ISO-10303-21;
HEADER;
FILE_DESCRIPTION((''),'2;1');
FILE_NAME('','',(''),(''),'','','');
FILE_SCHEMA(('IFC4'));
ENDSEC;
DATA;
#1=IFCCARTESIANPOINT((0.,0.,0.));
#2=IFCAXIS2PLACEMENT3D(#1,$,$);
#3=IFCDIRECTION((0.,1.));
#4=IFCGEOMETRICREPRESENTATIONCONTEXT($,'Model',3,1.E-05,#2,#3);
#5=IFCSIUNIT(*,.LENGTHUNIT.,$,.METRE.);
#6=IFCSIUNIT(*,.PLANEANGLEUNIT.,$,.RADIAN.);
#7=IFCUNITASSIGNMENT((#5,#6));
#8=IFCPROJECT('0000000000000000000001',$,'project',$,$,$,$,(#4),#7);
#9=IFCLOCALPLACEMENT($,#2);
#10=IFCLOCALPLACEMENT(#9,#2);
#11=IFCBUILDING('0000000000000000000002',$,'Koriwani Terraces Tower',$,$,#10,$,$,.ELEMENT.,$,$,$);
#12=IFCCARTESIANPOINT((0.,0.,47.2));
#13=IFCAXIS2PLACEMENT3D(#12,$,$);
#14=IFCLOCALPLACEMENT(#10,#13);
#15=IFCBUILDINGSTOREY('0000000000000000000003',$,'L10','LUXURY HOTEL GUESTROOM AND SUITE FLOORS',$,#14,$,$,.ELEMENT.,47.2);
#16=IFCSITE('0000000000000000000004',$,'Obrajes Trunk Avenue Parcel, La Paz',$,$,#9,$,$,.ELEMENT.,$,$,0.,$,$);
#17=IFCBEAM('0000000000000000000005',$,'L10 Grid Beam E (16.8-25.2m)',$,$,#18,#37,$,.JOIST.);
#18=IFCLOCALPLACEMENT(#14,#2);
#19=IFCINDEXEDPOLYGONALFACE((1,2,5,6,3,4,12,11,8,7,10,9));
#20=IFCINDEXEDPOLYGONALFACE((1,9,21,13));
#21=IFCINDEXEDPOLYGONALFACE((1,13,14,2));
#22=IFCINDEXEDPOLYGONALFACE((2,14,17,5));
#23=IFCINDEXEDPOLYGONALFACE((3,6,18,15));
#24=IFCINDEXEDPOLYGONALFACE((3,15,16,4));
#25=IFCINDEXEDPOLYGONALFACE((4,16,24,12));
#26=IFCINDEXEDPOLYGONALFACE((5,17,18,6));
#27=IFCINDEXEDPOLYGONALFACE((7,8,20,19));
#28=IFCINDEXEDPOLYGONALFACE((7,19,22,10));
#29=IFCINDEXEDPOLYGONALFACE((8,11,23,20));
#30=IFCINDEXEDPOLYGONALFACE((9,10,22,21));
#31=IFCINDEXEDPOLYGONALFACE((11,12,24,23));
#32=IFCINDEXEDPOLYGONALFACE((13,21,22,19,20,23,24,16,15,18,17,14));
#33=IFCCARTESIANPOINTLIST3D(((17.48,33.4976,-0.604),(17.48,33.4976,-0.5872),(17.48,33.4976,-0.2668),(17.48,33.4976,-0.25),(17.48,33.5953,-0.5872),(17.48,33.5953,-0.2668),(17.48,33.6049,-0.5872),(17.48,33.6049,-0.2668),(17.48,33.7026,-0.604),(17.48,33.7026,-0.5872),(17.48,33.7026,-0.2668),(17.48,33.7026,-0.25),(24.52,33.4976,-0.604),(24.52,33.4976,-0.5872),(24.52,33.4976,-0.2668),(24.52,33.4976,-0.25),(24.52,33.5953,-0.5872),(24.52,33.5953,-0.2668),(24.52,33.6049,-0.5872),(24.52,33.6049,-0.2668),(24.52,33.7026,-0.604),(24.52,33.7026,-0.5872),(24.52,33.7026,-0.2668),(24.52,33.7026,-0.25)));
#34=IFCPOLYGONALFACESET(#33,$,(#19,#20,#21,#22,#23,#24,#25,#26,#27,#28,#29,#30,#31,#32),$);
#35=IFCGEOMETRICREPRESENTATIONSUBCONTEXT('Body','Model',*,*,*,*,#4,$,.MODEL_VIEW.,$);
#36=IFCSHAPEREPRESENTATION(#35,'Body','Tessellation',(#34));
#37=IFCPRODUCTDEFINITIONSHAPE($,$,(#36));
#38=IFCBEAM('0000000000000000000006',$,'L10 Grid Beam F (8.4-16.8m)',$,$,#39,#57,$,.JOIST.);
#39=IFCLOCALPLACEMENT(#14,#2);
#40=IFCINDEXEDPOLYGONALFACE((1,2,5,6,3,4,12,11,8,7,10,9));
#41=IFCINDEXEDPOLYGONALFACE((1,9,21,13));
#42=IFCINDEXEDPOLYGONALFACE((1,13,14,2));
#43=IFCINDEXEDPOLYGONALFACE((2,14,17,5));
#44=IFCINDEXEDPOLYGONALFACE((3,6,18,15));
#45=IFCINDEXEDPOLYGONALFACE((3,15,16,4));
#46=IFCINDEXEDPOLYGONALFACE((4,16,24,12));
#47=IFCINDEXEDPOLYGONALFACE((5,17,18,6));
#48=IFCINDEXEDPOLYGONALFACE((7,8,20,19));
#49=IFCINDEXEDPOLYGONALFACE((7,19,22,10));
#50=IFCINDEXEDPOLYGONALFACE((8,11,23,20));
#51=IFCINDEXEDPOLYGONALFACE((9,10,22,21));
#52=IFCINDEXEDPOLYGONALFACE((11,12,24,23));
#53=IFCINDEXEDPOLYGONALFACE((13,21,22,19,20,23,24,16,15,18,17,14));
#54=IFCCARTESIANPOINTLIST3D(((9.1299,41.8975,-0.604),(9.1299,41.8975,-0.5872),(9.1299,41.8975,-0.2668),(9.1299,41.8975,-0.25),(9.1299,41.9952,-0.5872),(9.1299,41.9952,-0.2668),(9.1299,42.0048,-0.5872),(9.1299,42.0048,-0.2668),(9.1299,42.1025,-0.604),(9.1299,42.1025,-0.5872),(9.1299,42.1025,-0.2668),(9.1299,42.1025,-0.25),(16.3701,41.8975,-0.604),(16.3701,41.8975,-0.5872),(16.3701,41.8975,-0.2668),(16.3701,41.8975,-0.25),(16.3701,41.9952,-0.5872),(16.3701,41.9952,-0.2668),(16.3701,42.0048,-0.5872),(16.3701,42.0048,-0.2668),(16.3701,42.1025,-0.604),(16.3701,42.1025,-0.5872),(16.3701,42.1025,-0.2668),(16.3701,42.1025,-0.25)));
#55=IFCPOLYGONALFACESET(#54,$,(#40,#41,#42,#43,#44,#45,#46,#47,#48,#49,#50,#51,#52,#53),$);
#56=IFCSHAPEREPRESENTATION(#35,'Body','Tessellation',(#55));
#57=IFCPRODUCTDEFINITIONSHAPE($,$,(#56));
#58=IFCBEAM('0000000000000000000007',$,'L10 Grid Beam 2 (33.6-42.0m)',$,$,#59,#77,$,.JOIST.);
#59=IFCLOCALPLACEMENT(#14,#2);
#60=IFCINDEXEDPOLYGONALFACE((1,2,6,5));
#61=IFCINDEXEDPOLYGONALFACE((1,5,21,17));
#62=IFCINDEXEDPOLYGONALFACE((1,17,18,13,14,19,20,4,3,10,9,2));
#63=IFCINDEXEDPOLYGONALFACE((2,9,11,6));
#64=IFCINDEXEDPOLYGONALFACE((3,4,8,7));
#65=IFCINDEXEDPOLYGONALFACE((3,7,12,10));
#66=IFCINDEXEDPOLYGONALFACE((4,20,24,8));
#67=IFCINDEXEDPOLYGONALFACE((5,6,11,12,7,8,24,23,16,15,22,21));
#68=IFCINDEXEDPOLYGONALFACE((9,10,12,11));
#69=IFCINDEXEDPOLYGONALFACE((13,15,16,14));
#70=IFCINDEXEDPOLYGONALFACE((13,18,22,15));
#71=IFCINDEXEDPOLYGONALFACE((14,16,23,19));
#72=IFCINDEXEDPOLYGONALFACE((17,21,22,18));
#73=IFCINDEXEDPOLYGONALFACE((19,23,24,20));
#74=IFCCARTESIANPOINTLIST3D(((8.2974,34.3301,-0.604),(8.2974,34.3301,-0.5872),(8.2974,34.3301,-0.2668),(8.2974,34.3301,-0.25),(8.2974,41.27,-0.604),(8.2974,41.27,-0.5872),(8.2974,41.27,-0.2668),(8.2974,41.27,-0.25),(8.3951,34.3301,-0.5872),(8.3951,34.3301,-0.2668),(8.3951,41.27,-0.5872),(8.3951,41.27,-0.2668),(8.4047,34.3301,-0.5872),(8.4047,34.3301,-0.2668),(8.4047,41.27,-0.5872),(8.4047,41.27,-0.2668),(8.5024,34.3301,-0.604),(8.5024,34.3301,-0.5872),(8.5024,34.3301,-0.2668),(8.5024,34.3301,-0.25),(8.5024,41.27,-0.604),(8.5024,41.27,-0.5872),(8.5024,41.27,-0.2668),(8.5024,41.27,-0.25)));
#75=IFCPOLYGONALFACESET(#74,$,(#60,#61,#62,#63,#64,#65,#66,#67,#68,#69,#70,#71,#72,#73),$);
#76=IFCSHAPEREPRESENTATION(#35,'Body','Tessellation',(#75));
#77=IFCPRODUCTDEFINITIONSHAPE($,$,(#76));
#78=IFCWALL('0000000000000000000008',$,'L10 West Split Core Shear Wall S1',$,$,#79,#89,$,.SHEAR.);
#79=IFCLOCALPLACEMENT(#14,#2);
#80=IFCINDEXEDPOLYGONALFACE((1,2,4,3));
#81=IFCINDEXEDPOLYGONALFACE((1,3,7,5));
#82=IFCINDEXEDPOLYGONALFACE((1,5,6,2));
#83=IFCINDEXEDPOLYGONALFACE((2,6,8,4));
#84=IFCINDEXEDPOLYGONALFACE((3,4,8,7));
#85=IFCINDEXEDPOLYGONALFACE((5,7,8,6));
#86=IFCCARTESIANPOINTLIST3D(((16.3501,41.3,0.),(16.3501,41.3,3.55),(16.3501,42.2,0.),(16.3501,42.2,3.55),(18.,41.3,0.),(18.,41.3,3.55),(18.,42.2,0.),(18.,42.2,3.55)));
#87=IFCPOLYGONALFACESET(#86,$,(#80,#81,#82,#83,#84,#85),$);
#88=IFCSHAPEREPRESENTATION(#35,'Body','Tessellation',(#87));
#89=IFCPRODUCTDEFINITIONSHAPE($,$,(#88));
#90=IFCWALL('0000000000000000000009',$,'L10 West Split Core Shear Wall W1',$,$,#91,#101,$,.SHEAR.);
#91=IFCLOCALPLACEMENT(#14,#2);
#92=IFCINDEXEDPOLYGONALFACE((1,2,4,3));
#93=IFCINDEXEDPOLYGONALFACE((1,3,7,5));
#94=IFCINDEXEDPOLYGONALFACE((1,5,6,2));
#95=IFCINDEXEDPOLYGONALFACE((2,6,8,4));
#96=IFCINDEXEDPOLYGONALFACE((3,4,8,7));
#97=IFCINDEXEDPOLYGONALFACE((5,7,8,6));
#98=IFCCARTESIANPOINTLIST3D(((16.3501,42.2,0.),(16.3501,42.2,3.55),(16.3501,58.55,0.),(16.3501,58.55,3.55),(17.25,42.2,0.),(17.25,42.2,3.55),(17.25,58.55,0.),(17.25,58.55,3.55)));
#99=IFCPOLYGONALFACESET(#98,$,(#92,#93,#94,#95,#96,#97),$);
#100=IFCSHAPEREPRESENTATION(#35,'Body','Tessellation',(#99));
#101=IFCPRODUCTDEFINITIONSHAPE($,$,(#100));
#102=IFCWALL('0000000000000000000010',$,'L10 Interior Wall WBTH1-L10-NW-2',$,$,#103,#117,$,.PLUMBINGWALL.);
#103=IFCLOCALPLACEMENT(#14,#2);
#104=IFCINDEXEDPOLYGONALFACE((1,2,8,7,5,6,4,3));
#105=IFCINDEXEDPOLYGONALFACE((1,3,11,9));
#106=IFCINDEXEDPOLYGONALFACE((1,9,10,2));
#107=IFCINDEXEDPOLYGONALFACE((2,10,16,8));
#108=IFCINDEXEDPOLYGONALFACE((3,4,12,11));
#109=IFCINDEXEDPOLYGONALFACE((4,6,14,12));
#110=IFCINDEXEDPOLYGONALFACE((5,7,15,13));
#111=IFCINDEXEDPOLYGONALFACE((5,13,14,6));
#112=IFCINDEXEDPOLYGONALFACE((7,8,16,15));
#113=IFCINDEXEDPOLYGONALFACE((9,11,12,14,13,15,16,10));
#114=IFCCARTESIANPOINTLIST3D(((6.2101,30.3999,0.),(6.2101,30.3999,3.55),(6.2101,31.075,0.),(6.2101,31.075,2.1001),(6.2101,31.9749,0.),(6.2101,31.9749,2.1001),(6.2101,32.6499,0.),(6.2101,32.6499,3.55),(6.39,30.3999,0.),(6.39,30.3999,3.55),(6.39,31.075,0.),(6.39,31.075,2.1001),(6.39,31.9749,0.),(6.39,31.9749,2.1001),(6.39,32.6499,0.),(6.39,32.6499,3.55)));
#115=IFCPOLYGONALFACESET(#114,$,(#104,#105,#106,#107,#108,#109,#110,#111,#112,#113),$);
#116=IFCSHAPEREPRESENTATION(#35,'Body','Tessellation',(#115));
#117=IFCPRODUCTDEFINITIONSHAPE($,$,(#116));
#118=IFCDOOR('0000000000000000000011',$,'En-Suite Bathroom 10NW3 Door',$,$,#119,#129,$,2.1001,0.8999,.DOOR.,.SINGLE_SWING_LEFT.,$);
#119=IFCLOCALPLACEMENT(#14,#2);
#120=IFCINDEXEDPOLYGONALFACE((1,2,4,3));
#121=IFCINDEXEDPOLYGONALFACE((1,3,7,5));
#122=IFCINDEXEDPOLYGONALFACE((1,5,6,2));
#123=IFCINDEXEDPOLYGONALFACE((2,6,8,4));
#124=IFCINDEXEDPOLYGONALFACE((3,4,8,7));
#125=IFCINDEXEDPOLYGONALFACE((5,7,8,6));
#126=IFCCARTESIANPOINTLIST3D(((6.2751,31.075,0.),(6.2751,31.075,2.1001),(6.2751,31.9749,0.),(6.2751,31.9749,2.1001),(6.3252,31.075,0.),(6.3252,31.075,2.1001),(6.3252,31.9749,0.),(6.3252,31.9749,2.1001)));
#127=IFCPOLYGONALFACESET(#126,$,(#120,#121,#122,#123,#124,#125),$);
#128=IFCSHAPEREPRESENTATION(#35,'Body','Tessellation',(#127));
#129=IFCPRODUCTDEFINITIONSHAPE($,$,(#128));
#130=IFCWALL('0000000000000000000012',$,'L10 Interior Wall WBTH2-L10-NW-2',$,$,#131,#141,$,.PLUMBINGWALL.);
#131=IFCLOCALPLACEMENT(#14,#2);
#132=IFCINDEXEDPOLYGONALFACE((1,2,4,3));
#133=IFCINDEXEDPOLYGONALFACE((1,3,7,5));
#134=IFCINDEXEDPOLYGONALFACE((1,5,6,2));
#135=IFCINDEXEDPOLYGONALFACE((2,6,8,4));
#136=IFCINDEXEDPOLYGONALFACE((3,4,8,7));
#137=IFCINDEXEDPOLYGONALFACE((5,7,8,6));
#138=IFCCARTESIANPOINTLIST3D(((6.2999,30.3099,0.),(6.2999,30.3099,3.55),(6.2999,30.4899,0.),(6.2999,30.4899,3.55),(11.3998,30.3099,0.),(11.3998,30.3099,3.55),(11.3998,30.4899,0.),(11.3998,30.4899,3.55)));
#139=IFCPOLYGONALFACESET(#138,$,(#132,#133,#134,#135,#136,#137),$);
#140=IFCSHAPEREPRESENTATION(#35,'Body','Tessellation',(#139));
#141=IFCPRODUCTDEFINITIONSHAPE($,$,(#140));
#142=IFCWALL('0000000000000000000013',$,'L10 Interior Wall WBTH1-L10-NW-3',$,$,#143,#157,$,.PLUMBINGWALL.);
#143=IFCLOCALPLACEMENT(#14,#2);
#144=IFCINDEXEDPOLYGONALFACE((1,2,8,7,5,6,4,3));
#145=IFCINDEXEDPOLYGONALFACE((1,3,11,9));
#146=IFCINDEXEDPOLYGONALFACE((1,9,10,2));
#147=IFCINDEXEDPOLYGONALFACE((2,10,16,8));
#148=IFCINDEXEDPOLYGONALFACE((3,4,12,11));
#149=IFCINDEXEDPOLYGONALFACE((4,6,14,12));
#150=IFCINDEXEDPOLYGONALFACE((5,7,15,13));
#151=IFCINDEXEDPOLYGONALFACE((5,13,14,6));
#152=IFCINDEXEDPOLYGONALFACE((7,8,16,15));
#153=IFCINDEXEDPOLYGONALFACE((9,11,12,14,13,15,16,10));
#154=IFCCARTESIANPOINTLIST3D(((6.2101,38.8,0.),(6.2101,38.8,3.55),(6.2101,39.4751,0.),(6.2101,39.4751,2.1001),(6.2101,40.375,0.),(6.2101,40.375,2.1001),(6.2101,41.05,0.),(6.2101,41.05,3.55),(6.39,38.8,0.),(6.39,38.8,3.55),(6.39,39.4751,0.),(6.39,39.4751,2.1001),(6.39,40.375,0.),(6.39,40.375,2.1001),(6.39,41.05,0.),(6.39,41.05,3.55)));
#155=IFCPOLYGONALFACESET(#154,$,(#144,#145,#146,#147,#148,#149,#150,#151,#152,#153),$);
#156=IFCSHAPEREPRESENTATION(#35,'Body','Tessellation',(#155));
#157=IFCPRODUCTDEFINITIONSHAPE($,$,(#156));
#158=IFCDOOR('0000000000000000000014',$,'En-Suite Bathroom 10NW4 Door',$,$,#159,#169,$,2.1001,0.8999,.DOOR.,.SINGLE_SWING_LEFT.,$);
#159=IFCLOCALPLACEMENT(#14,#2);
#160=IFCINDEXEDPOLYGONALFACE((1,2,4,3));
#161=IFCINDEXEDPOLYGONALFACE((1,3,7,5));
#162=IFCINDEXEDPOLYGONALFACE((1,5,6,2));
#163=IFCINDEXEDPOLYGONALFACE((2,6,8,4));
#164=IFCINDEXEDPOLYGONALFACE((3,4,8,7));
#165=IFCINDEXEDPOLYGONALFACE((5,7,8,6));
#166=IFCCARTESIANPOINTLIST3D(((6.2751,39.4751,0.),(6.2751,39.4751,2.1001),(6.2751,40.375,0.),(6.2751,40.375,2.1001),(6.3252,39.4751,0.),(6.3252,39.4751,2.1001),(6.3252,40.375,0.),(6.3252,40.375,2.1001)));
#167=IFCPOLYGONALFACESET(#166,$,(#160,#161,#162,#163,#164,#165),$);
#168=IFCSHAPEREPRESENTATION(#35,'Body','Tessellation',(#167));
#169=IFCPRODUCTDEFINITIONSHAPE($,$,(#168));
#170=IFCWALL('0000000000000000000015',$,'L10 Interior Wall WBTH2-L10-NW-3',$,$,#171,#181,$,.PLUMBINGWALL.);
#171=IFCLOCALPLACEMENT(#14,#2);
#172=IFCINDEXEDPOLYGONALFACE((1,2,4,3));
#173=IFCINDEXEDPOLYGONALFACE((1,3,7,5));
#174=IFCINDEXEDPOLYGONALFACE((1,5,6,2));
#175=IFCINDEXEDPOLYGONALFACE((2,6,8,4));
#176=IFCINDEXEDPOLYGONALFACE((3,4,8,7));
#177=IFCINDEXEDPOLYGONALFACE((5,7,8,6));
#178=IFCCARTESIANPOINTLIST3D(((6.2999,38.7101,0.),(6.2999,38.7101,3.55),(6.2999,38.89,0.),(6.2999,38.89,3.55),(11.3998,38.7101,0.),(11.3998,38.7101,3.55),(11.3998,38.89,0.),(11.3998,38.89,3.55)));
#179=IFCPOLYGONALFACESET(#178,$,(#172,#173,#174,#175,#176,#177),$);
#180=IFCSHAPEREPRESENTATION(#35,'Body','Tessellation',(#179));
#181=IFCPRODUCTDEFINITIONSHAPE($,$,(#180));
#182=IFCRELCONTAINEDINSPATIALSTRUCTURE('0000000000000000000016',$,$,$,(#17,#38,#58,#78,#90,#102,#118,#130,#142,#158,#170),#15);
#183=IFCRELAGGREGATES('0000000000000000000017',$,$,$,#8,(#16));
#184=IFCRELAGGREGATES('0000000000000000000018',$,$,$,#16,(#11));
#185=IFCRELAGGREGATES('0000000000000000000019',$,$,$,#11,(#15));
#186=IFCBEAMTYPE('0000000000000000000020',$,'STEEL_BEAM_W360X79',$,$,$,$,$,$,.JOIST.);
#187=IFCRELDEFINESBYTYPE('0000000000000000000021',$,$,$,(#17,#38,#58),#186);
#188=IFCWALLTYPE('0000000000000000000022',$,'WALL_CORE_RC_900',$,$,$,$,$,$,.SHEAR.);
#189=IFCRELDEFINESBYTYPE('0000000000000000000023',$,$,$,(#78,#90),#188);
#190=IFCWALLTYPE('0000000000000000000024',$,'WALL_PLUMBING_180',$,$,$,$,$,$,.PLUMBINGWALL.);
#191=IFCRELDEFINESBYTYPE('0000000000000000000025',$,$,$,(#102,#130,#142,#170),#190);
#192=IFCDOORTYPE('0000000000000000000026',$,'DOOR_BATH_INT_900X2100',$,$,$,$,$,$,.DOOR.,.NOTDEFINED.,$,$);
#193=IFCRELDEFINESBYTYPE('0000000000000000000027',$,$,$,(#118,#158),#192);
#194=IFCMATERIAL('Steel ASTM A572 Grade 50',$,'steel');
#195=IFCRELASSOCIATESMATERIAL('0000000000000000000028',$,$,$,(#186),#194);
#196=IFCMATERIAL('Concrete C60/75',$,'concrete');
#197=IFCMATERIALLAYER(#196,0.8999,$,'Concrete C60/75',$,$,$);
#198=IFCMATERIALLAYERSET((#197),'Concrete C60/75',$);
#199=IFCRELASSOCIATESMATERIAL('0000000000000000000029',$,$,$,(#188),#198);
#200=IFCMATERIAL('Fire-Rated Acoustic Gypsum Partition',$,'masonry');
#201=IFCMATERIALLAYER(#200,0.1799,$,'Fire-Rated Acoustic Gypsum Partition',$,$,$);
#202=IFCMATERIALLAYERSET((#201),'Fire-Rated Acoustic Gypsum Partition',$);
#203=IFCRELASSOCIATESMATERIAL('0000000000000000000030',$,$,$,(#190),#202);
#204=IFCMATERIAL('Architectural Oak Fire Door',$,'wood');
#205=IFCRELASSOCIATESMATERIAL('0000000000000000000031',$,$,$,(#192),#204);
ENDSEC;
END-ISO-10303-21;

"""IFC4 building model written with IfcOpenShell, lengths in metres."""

from ifc_helpers import new_model, si_unit, direction, frame, frame_2d, origin, origin_2d, place, context, subcontext, project, spatial, rectangle, i_section, extrude, material, layer, layer_set, material_profile, profile_set, type_object, element, fill, save


model = new_model("IFC4")

# Units and contexts
model_context = context("Model", 3, precision=1e-05, world=origin(), true_north=direction((0.0, 1.0)))
body_context = subcontext(model_context, "Body", "Model", "MODEL_VIEW")
ifc_project = project(units=[si_unit("LENGTHUNIT", "METRE"), si_unit("PLANEANGLEUNIT", "RADIAN")], contexts=[model_context])

# Site, building, storey
site_placement = place(None, origin())
site = spatial("IfcSite", under=ifc_project, at=site_placement, Name="Obrajes Trunk Avenue Parcel, La Paz", CompositionType="ELEMENT", RefElevation=0.0)
building_placement = place(site_placement, origin())
building = spatial("IfcBuilding", under=site, at=building_placement, Name="Koriwani Terraces Tower", CompositionType="ELEMENT")
storey_placement = place(building_placement, frame((0.0, 0.0, 47.2)))
storey = spatial("IfcBuildingStorey", under=building, at=storey_placement, Name="L10", Description="LUXURY HOTEL GUESTROOM AND SUITE FLOORS", CompositionType="ELEMENT", Elevation=47.2)

# Shared definitions
ifc_material_1 = material(Name="Concrete C60/75", Category="concrete")

# Beams
ifc_material_2 = material(Name="Steel ASTM A572 Grade 50", Category="steel")
ifc_material_profile_1 = material_profile(ifc_material_2, i_section(OverallWidth=0.2051, OverallDepth=0.354, WebThickness=0.0095, FlangeThickness=0.0168, at=origin_2d()), Name="Steel ASTM A572 Grade 50", Category="LoadBearing")
ifc_profile_set_1 = profile_set([ifc_material_profile_1], Name="Steel ASTM A572 Grade 50")
beam_type_1 = type_object("IfcBeamType", Name="STEEL_BEAM_W360X79", PredefinedType="JOIST", material=ifc_profile_set_1)
beam_1_placement = place(storey_placement, frame((17.48, 33.6001, -0.427), z_axis=(1.0, 0.0, 0.0), x_axis=(0.0, 1.0, 0.0)))
element("IfcBeam", 1, at=beam_1_placement, inside=storey, type_object=beam_type_1, Name="L10 Grid Beam E (16.8-25.2m)", PredefinedType="JOIST", context=body_context, shape_type="SweptSolid", body=[
    extrude(i_section(OverallWidth=0.2051, OverallDepth=0.354, WebThickness=0.0095, FlangeThickness=0.0168, at=origin_2d()), origin(), (0.0, 0.0, 1.0), 7.04),
])
beam_2_placement = place(storey_placement, frame((9.1299, 42.0, -0.427), z_axis=(1.0, 0.0, 0.0), x_axis=(0.0, 1.0, 0.0)))
element("IfcBeam", 2, at=beam_2_placement, inside=storey, type_object=beam_type_1, Name="L10 Grid Beam F (8.4-16.8m)", PredefinedType="JOIST", context=body_context, shape_type="SweptSolid", body=[
    extrude(i_section(OverallWidth=0.2051, OverallDepth=0.354, WebThickness=0.0095, FlangeThickness=0.0168, at=origin_2d()), origin(), (0.0, 0.0, 1.0), 7.2402),
])
beam_3_placement = place(storey_placement, frame((8.3999, 34.3301, -0.427), z_axis=(0.0, 1.0, 0.0), x_axis=(-1.0, 0.0, 0.0)))
element("IfcBeam", 3, at=beam_3_placement, inside=storey, type_object=beam_type_1, Name="L10 Grid Beam 2 (33.6-42.0m)", PredefinedType="JOIST", context=body_context, shape_type="SweptSolid", body=[
    extrude(i_section(OverallWidth=0.2051, OverallDepth=0.354, WebThickness=0.0095, FlangeThickness=0.0168, at=origin_2d()), origin(), (0.0, 0.0, 1.0), 6.9399),
])

# Walls
ifc_layer_1 = layer(ifc_material_1, 0.8999, Name="Concrete C60/75")
ifc_layer_set_1 = layer_set([ifc_layer_1], Name="Concrete C60/75")
wall_type_1 = type_object("IfcWallType", Name="WALL_CORE_RC_900", PredefinedType="SHEAR", material=ifc_layer_set_1)
wall_1_placement = place(storey_placement, frame((16.3501, 41.75, 0.0), z_axis=(0.0, 0.0, 1.0), x_axis=(1.0, 0.0, 0.0)))
element("IfcWall", 4, at=wall_1_placement, inside=storey, type_object=wall_type_1, Name="L10 West Split Core Shear Wall S1", PredefinedType="SHEAR", context=body_context, shape_type="SweptSolid", body=[
    extrude(rectangle(XDim=1.6499, YDim=0.8999, at=frame_2d((0.825, 0.0))), origin(), (0.0, 0.0, 1.0), 3.55),
])
wall_2_placement = place(storey_placement, frame((16.8, 42.2, 0.0), z_axis=(0.0, 0.0, 1.0), x_axis=(0.0, 1.0, 0.0)))
element("IfcWall", 5, at=wall_2_placement, inside=storey, type_object=wall_type_1, Name="L10 West Split Core Shear Wall W1", PredefinedType="SHEAR", context=body_context, shape_type="SweptSolid", body=[
    extrude(rectangle(XDim=16.3501, YDim=0.8999, at=frame_2d((8.175, 0.0))), origin(), (0.0, 0.0, 1.0), 3.55),
])

# Wall, opening, door
ifc_material_3 = material(Name="Fire-Rated Acoustic Gypsum Partition", Category="masonry")
ifc_layer_2 = layer(ifc_material_3, 0.1799, Name="Fire-Rated Acoustic Gypsum Partition")
ifc_layer_set_2 = layer_set([ifc_layer_2], Name="Fire-Rated Acoustic Gypsum Partition")
wall_type_2 = type_object("IfcWallType", Name="WALL_PLUMBING_180", PredefinedType="PLUMBINGWALL", material=ifc_layer_set_2)
wall_3_placement = place(storey_placement, frame((6.3, 30.3999, 0.0), z_axis=(0.0, 0.0, 1.0), x_axis=(0.0, 1.0, 0.0)))
wall_3 = element("IfcWall", 6, at=wall_3_placement, inside=storey, type_object=wall_type_2, Name="L10 Interior Wall WBTH1-L10-NW-2", PredefinedType="PLUMBINGWALL", context=body_context, shape_type="SweptSolid", body=[
    extrude(rectangle(XDim=2.25, YDim=0.1799, at=frame_2d((1.125, 0.0))), origin(), (0.0, 0.0, 1.0), 3.55),
])
opening_1_placement = place(wall_3_placement, frame((0.675, 0.0, 0.0)))
opening_1 = element("IfcOpeningElement", 7, at=opening_1_placement, cuts=wall_3, PredefinedType="OPENING", context=body_context, shape_type="SweptSolid", body=[
    extrude(rectangle(XDim=0.8999, YDim=2.1001, at=frame_2d((0.45, 1.05))), frame((0.0, 0.1001, 0.0), z_axis=(0.0, -1.0, 0.0), x_axis=(1.0, 0.0, 0.0)), (0.0, 0.0, 1.0), 0.2),
])
ifc_material_4 = material(Name="Architectural Oak Fire Door", Category="wood")
door_type_1 = type_object("IfcDoorType", Name="DOOR_BATH_INT_900X2100", OperationType="NOTDEFINED", PredefinedType="DOOR", material=ifc_material_4)
door_1_placement = place(opening_1_placement, origin())
door_1 = element("IfcDoor", 8, at=door_1_placement, inside=storey, type_object=door_type_1, Name="En-Suite Bathroom 10NW3 Door", OperationType="SINGLE_SWING_LEFT", OverallHeight=2.1001, OverallWidth=0.8999, PredefinedType="DOOR", context=body_context, shape_type="SweptSolid", body=[
    extrude(rectangle(XDim=0.8999, YDim=2.1001, at=frame_2d((0.45, 1.05))), frame((0.0, 0.0249, 0.0), z_axis=(0.0, -1.0, 0.0), x_axis=(1.0, 0.0, 0.0)), (0.0, 0.0, 1.0), 0.05),
])
fill(opening_1, door_1)

# Wall
wall_4_placement = place(storey_placement, frame((6.3, 30.3999, 0.0), z_axis=(0.0, 0.0, 1.0), x_axis=(1.0, 0.0, 0.0)))
element("IfcWall", 9, at=wall_4_placement, inside=storey, type_object=wall_type_2, Name="L10 Interior Wall WBTH2-L10-NW-2", PredefinedType="PLUMBINGWALL", context=body_context, shape_type="SweptSolid", body=[
    extrude(rectangle(XDim=5.0999, YDim=0.1799, at=frame_2d((2.5498, 0.0))), origin(), (0.0, 0.0, 1.0), 3.55),
])

# Wall, opening, door
wall_5_placement = place(storey_placement, frame((6.3, 38.8, 0.0), z_axis=(0.0, 0.0, 1.0), x_axis=(0.0, 1.0, 0.0)))
wall_5 = element("IfcWall", 10, at=wall_5_placement, inside=storey, type_object=wall_type_2, Name="L10 Interior Wall WBTH1-L10-NW-3", PredefinedType="PLUMBINGWALL", context=body_context, shape_type="SweptSolid", body=[
    extrude(rectangle(XDim=2.25, YDim=0.1799, at=frame_2d((1.125, 0.0))), origin(), (0.0, 0.0, 1.0), 3.55),
])
opening_2_placement = place(wall_5_placement, frame((0.675, 0.0, 0.0)))
opening_2 = element("IfcOpeningElement", 11, at=opening_2_placement, cuts=wall_5, PredefinedType="OPENING", context=body_context, shape_type="SweptSolid", body=[
    extrude(rectangle(XDim=0.8999, YDim=2.1001, at=frame_2d((0.45, 1.05))), frame((0.0, 0.1001, 0.0), z_axis=(0.0, -1.0, 0.0), x_axis=(1.0, 0.0, 0.0)), (0.0, 0.0, 1.0), 0.2),
])
door_2_placement = place(opening_2_placement, origin())
door_2 = element("IfcDoor", 12, at=door_2_placement, inside=storey, type_object=door_type_1, Name="En-Suite Bathroom 10NW4 Door", OperationType="SINGLE_SWING_LEFT", OverallHeight=2.1001, OverallWidth=0.8999, PredefinedType="DOOR", context=body_context, shape_type="SweptSolid", body=[
    extrude(rectangle(XDim=0.8999, YDim=2.1001, at=frame_2d((0.45, 1.05))), frame((0.0, 0.0249, 0.0), z_axis=(0.0, -1.0, 0.0), x_axis=(1.0, 0.0, 0.0)), (0.0, 0.0, 1.0), 0.05),
])
fill(opening_2, door_2)

# Wall
wall_6_placement = place(storey_placement, frame((6.3, 38.8, 0.0), z_axis=(0.0, 0.0, 1.0), x_axis=(1.0, 0.0, 0.0)))
element("IfcWall", 13, at=wall_6_placement, inside=storey, type_object=wall_type_2, Name="L10 Interior Wall WBTH2-L10-NW-3", PredefinedType="PLUMBINGWALL", context=body_context, shape_type="SweptSolid", body=[
    extrude(rectangle(XDim=5.0999, YDim=0.1799, at=frame_2d((2.5498, 0.0))), origin(), (0.0, 0.0, 1.0), 3.55),
])

save(model, "model.ifc")
